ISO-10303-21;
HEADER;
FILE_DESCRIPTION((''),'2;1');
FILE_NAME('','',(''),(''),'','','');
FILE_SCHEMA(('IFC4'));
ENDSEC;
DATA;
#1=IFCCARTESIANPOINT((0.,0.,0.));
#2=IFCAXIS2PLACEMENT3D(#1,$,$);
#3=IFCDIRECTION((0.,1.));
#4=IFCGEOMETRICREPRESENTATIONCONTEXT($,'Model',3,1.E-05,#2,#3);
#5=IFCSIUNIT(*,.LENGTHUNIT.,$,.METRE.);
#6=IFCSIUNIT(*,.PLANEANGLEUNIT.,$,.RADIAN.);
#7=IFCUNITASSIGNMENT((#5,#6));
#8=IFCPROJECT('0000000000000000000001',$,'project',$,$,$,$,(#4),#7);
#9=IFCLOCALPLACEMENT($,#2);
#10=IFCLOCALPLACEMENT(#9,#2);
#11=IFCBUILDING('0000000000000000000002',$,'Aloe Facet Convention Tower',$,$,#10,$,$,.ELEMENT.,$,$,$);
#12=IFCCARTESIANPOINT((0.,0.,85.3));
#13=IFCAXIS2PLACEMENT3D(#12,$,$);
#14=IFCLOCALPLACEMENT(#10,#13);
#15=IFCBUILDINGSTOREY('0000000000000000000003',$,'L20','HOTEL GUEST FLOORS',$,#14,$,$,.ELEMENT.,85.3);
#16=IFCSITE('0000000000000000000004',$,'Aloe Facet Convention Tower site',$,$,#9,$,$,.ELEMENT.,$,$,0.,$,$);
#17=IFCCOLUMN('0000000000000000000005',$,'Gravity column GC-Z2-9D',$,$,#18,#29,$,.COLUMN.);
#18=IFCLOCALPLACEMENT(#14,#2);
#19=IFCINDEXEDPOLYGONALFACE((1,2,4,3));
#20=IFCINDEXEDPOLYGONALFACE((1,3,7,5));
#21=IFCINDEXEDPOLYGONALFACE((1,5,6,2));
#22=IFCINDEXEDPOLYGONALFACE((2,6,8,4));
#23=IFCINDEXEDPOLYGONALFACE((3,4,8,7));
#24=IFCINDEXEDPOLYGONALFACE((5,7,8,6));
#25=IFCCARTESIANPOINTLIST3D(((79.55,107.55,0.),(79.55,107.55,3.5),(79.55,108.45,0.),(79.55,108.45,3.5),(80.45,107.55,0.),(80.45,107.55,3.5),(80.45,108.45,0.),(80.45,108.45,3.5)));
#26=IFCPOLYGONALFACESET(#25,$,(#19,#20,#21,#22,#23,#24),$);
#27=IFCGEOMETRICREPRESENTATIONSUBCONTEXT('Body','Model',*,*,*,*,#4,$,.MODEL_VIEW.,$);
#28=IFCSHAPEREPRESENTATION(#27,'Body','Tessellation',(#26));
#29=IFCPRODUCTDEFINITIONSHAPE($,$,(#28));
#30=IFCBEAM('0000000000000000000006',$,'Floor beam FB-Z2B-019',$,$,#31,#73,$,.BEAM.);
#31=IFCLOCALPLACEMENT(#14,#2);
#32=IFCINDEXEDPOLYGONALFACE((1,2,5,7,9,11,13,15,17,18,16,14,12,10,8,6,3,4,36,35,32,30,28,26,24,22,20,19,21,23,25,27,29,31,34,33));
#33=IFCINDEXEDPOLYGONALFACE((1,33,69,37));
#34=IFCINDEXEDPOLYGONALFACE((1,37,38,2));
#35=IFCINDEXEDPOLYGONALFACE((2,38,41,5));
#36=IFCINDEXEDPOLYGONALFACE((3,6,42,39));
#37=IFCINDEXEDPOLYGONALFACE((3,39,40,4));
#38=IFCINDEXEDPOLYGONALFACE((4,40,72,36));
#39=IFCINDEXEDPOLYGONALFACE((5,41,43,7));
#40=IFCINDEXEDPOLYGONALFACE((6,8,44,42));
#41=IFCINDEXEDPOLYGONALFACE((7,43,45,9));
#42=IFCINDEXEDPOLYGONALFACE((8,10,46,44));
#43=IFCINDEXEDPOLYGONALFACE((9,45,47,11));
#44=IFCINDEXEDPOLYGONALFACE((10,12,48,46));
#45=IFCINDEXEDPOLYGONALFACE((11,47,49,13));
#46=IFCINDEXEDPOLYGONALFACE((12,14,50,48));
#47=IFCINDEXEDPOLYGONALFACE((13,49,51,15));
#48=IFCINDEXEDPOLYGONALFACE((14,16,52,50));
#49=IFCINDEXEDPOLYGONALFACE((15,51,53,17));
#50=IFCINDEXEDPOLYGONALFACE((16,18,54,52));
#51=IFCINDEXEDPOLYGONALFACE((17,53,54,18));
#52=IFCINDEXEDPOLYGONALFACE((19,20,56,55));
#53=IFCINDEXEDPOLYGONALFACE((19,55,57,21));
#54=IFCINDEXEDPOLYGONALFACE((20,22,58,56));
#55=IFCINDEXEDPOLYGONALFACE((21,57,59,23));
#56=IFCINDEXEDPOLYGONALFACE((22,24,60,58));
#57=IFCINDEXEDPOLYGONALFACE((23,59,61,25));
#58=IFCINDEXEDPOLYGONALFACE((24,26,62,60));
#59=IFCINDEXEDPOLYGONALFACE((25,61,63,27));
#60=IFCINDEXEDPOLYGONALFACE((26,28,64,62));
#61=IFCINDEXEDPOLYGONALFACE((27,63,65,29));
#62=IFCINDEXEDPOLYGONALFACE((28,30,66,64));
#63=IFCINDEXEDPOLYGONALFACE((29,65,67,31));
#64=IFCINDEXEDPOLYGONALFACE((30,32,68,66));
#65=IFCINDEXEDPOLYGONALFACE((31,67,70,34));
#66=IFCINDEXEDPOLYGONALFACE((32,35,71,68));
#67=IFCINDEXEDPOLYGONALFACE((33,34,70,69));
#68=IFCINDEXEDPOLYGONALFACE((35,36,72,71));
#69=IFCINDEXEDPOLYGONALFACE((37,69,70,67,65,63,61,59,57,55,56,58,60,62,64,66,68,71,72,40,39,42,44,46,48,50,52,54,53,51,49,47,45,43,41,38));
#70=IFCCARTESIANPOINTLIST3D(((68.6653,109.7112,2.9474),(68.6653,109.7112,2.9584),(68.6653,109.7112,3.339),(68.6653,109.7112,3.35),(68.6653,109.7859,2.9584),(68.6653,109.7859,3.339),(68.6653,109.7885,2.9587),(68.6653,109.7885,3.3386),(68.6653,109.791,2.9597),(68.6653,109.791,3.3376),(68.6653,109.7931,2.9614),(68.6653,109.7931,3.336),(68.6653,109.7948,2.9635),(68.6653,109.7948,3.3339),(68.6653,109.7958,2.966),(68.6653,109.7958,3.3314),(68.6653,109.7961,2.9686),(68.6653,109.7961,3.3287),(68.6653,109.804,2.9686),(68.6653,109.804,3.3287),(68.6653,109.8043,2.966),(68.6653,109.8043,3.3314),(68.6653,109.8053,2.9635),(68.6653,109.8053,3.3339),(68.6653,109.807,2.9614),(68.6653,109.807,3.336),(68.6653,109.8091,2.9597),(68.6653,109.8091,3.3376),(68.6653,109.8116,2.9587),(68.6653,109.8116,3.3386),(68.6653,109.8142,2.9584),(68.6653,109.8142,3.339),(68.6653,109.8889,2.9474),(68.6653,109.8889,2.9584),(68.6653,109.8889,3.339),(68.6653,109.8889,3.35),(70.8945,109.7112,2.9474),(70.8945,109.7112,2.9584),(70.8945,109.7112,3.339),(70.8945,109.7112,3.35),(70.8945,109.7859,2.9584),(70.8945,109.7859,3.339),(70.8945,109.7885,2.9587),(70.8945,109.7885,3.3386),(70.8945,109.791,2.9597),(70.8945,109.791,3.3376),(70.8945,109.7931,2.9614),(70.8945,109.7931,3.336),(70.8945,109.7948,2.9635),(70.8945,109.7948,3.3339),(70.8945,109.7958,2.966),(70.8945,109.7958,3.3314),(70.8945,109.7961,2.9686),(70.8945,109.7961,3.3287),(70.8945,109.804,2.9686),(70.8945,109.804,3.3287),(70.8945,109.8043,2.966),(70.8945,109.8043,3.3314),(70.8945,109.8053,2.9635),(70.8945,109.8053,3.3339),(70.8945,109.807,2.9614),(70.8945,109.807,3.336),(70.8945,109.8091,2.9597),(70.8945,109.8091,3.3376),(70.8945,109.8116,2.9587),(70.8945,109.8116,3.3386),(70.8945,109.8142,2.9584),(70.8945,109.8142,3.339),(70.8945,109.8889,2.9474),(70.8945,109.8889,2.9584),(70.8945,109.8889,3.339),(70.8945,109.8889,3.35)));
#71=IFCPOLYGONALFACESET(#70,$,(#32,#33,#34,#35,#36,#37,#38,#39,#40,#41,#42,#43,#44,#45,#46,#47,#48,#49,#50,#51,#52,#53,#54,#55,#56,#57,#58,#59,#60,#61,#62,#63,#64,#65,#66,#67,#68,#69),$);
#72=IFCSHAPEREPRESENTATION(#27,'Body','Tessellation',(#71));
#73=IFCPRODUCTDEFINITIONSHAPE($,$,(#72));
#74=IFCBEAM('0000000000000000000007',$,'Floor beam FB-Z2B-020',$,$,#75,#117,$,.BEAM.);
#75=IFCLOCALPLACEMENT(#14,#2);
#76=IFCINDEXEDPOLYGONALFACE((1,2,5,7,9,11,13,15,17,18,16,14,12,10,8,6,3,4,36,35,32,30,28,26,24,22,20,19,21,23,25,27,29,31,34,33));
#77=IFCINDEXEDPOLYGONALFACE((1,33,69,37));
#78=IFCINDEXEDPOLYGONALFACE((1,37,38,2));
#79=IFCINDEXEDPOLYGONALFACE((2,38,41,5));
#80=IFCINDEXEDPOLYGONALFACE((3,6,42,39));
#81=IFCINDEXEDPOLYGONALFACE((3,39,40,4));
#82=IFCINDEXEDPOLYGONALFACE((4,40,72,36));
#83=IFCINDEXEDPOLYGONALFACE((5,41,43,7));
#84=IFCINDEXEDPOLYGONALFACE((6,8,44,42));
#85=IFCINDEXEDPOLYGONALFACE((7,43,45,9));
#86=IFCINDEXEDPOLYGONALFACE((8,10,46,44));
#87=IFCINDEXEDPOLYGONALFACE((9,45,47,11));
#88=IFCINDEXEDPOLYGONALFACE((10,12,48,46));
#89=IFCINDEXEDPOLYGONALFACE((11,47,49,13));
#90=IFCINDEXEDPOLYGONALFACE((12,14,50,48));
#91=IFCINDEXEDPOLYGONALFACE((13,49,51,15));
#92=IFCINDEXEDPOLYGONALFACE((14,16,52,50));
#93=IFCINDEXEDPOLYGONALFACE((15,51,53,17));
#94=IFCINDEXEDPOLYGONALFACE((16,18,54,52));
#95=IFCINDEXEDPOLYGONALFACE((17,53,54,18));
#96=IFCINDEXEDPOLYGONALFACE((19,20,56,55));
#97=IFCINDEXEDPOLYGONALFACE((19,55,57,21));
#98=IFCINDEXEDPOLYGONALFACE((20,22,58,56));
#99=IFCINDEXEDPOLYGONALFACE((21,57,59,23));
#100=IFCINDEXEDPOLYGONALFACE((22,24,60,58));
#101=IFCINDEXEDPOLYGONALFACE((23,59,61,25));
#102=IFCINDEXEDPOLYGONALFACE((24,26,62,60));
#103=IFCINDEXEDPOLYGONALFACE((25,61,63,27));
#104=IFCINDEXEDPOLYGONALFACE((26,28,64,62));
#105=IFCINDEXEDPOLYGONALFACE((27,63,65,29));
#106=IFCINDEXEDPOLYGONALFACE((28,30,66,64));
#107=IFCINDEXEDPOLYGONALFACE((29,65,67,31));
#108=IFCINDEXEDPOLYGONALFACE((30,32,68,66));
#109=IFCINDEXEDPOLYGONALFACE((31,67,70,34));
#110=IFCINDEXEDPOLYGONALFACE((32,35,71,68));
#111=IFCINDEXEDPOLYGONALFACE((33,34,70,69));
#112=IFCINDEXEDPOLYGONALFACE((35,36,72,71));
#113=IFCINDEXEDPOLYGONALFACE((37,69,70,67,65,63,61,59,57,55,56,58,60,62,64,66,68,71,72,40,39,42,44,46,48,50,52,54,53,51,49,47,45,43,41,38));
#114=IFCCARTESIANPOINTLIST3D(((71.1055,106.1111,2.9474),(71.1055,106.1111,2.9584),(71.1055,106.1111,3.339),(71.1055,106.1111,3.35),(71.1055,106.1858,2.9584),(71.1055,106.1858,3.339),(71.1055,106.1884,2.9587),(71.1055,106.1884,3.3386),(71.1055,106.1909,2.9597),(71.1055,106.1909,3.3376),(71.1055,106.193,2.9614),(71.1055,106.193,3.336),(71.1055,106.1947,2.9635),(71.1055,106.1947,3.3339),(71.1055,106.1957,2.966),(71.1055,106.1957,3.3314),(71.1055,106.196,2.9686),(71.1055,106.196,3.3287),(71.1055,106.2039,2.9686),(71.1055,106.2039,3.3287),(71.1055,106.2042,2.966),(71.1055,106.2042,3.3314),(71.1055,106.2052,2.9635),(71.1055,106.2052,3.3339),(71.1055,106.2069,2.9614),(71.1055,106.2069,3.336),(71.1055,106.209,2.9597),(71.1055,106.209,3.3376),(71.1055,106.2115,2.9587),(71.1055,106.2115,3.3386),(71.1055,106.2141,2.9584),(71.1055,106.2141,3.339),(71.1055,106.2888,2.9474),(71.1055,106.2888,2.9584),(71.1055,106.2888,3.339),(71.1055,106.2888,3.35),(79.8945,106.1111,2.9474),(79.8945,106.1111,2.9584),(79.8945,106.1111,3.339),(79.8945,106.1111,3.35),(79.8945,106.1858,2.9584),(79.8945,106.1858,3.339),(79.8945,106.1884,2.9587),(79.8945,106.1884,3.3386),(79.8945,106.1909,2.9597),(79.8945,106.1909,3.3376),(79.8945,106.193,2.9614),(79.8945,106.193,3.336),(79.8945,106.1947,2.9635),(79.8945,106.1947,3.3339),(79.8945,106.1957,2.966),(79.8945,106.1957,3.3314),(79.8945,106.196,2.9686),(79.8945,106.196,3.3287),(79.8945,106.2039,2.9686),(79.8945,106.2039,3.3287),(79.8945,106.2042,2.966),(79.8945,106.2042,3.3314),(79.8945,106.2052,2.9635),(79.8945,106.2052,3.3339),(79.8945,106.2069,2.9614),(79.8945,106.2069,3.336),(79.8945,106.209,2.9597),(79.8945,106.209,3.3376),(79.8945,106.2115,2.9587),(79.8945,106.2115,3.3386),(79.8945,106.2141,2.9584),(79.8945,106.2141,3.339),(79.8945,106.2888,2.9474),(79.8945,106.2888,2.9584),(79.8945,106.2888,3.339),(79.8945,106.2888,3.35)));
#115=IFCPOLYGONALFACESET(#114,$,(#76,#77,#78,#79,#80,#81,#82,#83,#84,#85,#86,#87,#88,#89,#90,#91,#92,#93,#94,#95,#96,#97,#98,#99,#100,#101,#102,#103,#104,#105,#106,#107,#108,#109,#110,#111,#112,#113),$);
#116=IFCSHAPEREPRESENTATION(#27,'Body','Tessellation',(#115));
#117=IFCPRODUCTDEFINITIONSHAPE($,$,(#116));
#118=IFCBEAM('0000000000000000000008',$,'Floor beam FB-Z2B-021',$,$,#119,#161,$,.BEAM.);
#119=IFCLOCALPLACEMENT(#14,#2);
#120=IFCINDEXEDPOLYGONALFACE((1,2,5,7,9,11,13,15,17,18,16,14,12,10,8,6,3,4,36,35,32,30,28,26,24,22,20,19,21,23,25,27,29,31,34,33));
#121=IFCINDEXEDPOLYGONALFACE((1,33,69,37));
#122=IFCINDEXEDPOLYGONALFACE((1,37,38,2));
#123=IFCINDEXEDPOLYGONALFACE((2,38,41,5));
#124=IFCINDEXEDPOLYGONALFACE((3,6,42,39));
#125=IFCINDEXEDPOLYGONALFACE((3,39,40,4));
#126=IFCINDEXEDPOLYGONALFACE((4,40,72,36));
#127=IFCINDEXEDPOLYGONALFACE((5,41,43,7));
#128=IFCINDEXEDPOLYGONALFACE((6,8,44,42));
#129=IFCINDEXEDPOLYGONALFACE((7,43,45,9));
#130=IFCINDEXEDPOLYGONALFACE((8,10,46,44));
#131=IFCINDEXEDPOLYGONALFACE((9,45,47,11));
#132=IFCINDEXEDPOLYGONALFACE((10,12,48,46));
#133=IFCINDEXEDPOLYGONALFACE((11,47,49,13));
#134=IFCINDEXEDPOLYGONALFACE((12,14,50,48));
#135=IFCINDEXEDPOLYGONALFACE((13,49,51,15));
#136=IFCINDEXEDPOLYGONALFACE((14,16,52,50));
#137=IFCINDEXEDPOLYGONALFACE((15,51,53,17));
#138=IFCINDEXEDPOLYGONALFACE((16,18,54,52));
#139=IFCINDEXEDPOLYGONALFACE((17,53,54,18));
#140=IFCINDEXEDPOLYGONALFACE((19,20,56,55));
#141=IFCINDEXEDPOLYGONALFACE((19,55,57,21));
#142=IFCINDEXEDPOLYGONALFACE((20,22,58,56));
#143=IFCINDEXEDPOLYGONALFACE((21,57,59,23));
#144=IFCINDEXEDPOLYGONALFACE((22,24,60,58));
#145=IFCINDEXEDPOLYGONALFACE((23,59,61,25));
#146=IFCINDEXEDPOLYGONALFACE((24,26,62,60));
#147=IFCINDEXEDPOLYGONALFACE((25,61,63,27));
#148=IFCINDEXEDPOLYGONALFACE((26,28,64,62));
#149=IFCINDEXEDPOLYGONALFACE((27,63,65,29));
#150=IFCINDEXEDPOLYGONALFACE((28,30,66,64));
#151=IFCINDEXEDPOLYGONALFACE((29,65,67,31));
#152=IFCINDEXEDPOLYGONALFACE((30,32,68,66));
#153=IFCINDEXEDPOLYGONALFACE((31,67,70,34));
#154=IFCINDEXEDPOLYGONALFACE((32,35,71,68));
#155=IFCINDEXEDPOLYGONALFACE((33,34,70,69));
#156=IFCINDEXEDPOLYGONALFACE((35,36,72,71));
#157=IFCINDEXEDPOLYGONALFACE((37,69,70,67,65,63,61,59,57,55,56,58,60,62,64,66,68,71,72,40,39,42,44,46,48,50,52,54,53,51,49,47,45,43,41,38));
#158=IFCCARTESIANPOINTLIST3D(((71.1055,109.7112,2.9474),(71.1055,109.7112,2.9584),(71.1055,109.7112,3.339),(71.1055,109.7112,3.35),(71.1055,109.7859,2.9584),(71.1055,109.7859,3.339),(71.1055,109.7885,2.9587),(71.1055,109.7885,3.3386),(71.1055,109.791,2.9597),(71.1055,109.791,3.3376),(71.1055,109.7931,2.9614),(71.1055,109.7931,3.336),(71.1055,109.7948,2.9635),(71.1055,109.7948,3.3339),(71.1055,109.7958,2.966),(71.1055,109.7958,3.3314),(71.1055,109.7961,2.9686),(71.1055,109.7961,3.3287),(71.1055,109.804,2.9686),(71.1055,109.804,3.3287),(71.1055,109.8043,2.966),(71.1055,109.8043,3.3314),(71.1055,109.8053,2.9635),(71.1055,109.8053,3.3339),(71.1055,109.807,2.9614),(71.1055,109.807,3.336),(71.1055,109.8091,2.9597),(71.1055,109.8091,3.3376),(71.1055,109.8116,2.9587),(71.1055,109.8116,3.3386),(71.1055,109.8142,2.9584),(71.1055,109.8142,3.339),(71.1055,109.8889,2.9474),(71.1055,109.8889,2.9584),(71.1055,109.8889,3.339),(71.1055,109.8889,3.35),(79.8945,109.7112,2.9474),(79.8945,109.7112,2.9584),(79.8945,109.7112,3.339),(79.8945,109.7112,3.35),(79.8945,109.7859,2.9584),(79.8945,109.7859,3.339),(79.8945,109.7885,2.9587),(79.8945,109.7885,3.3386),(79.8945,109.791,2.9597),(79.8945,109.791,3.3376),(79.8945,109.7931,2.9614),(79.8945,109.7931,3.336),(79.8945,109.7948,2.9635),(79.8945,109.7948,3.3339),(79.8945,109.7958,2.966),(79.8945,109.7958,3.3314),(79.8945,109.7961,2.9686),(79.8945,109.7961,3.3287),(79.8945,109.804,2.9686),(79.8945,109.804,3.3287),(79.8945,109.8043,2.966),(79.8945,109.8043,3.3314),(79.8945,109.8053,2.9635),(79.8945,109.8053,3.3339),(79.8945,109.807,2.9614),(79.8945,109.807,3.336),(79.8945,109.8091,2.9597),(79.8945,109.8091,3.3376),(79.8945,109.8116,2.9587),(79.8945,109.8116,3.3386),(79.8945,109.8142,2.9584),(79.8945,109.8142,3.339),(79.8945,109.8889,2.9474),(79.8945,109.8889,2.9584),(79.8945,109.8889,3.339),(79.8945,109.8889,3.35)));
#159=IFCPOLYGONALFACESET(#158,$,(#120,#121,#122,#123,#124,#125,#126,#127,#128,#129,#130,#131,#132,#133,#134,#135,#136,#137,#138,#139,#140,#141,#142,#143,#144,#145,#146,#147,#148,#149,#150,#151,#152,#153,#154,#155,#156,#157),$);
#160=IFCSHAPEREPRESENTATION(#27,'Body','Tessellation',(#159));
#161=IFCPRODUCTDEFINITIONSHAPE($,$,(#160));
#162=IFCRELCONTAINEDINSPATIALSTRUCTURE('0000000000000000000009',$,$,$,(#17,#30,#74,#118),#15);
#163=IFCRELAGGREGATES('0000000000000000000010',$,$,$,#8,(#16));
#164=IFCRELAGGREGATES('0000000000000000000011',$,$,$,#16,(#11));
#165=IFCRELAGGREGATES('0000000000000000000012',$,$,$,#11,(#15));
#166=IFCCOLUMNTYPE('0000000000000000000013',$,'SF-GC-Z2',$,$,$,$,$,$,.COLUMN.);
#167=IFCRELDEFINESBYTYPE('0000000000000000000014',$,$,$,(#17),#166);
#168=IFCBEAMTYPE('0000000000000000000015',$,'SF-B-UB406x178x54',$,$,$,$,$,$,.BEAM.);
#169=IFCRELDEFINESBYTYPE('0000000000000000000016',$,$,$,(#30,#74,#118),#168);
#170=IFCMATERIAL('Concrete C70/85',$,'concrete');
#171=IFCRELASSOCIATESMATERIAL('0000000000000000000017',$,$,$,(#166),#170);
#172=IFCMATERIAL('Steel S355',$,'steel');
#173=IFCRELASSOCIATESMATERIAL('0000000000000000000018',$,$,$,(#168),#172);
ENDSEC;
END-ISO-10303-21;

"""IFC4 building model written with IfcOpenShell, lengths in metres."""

from ifc_helpers import new_model, si_unit, direction, frame, origin, origin_2d, place, context, subcontext, project, spatial, rectangle, i_section, extrude, material, material_profile, profile_set, type_object, element, save


model = new_model("IFC4")

# Units and contexts
model_context = context("Model", 3, precision=1e-05, world=origin(), true_north=direction((0.0, 1.0)))
body_context = subcontext(model_context, "Body", "Model", "MODEL_VIEW")
ifc_project = project(units=[si_unit("LENGTHUNIT", "METRE"), si_unit("PLANEANGLEUNIT", "RADIAN")], contexts=[model_context])

# Site, building, storey
site_placement = place(None, origin())
site = spatial("IfcSite", under=ifc_project, at=site_placement, Name="Aloe Facet Convention Tower site", CompositionType="ELEMENT", RefElevation=0.0)
building_placement = place(site_placement, origin())
building = spatial("IfcBuilding", under=site, at=building_placement, Name="Aloe Facet Convention Tower", CompositionType="ELEMENT")
storey_placement = place(building_placement, frame((0.0, 0.0, 85.3)))
storey = spatial("IfcBuildingStorey", under=building, at=storey_placement, Name="L20", Description="HOTEL GUEST FLOORS", CompositionType="ELEMENT", Elevation=85.3)

# Column
ifc_material_1 = material(Name="Concrete C70/85", Category="concrete")
ifc_material_profile_1 = material_profile(ifc_material_1, rectangle(XDim=0.8999, YDim=0.8999, at=origin_2d()), Name="SF-GC-Z2")
ifc_profile_set_1 = profile_set([ifc_material_profile_1], Name="Concrete C70/85")
column_type = type_object("IfcColumnType", Name="SF-GC-Z2", PredefinedType="COLUMN", material=ifc_profile_set_1)
column_placement = place(storey_placement, frame((80.0, 108.0, 0.0), z_axis=(0.0, 0.0, 1.0), x_axis=(1.0, 0.0, 0.0)))
element("IfcColumn", 1, at=column_placement, inside=storey, type_object=column_type, Name="Gravity column GC-Z2-9D", PredefinedType="COLUMN", context=body_context, shape_type="SweptSolid", body=[
    extrude(rectangle(XDim=0.8999, YDim=0.8999, at=origin_2d()), origin(), (0.0, 0.0, 1.0), 3.5),
])

# Beams
ifc_material_2 = material(Name="Steel S355", Category="steel")
ifc_material_profile_2 = material_profile(ifc_material_2, i_section(OverallWidth=0.1777, OverallDepth=0.4026, WebThickness=0.0078, FlangeThickness=0.011, FilletRadius=0.0103, at=origin_2d()), Name="UB 406x178x54")
ifc_profile_set_2 = profile_set([ifc_material_profile_2], Name="Steel S355")
beam_type_1 = type_object("IfcBeamType", Name="SF-B-UB406x178x54", PredefinedType="BEAM", material=ifc_profile_set_2)
beam_1_placement = place(storey_placement, frame((68.6653, 109.8, 3.1487), z_axis=(1.0, 0.0, 0.0), x_axis=(0.0, 1.0, 0.0)))
element("IfcBeam", 2, at=beam_1_placement, inside=storey, type_object=beam_type_1, Name="Floor beam FB-Z2B-019", PredefinedType="BEAM", context=body_context, shape_type="SweptSolid", body=[
    extrude(i_section(OverallWidth=0.1777, OverallDepth=0.4026, WebThickness=0.0078, FlangeThickness=0.011, FilletRadius=0.0103, at=origin_2d()), origin(), (0.0, 0.0, 1.0), 2.2292),
])
for number, where, z_axis, x_axis, name in (
    (3, (71.1055, 106.2, 3.1487), (1.0, 0.0, 0.0), (0.0, 1.0, 0.0), "Floor beam FB-Z2B-020"),
    (4, (71.1055, 109.8, 3.1487), (1.0, 0.0, 0.0), (0.0, 1.0, 0.0), "Floor beam FB-Z2B-021"),
):
    element("IfcBeam", number, at=place(storey_placement, frame(where, z_axis=z_axis, x_axis=x_axis)), inside=storey, type_object=beam_type_1, Name=name, PredefinedType="BEAM", context=body_context, shape_type="SweptSolid", body=[
        extrude(i_section(OverallWidth=0.1777, OverallDepth=0.4026, WebThickness=0.0078, FlangeThickness=0.011, FilletRadius=0.0103, at=origin_2d()), origin(), (0.0, 0.0, 1.0), 8.7891),
    ])

save(model, "model.ifc")
